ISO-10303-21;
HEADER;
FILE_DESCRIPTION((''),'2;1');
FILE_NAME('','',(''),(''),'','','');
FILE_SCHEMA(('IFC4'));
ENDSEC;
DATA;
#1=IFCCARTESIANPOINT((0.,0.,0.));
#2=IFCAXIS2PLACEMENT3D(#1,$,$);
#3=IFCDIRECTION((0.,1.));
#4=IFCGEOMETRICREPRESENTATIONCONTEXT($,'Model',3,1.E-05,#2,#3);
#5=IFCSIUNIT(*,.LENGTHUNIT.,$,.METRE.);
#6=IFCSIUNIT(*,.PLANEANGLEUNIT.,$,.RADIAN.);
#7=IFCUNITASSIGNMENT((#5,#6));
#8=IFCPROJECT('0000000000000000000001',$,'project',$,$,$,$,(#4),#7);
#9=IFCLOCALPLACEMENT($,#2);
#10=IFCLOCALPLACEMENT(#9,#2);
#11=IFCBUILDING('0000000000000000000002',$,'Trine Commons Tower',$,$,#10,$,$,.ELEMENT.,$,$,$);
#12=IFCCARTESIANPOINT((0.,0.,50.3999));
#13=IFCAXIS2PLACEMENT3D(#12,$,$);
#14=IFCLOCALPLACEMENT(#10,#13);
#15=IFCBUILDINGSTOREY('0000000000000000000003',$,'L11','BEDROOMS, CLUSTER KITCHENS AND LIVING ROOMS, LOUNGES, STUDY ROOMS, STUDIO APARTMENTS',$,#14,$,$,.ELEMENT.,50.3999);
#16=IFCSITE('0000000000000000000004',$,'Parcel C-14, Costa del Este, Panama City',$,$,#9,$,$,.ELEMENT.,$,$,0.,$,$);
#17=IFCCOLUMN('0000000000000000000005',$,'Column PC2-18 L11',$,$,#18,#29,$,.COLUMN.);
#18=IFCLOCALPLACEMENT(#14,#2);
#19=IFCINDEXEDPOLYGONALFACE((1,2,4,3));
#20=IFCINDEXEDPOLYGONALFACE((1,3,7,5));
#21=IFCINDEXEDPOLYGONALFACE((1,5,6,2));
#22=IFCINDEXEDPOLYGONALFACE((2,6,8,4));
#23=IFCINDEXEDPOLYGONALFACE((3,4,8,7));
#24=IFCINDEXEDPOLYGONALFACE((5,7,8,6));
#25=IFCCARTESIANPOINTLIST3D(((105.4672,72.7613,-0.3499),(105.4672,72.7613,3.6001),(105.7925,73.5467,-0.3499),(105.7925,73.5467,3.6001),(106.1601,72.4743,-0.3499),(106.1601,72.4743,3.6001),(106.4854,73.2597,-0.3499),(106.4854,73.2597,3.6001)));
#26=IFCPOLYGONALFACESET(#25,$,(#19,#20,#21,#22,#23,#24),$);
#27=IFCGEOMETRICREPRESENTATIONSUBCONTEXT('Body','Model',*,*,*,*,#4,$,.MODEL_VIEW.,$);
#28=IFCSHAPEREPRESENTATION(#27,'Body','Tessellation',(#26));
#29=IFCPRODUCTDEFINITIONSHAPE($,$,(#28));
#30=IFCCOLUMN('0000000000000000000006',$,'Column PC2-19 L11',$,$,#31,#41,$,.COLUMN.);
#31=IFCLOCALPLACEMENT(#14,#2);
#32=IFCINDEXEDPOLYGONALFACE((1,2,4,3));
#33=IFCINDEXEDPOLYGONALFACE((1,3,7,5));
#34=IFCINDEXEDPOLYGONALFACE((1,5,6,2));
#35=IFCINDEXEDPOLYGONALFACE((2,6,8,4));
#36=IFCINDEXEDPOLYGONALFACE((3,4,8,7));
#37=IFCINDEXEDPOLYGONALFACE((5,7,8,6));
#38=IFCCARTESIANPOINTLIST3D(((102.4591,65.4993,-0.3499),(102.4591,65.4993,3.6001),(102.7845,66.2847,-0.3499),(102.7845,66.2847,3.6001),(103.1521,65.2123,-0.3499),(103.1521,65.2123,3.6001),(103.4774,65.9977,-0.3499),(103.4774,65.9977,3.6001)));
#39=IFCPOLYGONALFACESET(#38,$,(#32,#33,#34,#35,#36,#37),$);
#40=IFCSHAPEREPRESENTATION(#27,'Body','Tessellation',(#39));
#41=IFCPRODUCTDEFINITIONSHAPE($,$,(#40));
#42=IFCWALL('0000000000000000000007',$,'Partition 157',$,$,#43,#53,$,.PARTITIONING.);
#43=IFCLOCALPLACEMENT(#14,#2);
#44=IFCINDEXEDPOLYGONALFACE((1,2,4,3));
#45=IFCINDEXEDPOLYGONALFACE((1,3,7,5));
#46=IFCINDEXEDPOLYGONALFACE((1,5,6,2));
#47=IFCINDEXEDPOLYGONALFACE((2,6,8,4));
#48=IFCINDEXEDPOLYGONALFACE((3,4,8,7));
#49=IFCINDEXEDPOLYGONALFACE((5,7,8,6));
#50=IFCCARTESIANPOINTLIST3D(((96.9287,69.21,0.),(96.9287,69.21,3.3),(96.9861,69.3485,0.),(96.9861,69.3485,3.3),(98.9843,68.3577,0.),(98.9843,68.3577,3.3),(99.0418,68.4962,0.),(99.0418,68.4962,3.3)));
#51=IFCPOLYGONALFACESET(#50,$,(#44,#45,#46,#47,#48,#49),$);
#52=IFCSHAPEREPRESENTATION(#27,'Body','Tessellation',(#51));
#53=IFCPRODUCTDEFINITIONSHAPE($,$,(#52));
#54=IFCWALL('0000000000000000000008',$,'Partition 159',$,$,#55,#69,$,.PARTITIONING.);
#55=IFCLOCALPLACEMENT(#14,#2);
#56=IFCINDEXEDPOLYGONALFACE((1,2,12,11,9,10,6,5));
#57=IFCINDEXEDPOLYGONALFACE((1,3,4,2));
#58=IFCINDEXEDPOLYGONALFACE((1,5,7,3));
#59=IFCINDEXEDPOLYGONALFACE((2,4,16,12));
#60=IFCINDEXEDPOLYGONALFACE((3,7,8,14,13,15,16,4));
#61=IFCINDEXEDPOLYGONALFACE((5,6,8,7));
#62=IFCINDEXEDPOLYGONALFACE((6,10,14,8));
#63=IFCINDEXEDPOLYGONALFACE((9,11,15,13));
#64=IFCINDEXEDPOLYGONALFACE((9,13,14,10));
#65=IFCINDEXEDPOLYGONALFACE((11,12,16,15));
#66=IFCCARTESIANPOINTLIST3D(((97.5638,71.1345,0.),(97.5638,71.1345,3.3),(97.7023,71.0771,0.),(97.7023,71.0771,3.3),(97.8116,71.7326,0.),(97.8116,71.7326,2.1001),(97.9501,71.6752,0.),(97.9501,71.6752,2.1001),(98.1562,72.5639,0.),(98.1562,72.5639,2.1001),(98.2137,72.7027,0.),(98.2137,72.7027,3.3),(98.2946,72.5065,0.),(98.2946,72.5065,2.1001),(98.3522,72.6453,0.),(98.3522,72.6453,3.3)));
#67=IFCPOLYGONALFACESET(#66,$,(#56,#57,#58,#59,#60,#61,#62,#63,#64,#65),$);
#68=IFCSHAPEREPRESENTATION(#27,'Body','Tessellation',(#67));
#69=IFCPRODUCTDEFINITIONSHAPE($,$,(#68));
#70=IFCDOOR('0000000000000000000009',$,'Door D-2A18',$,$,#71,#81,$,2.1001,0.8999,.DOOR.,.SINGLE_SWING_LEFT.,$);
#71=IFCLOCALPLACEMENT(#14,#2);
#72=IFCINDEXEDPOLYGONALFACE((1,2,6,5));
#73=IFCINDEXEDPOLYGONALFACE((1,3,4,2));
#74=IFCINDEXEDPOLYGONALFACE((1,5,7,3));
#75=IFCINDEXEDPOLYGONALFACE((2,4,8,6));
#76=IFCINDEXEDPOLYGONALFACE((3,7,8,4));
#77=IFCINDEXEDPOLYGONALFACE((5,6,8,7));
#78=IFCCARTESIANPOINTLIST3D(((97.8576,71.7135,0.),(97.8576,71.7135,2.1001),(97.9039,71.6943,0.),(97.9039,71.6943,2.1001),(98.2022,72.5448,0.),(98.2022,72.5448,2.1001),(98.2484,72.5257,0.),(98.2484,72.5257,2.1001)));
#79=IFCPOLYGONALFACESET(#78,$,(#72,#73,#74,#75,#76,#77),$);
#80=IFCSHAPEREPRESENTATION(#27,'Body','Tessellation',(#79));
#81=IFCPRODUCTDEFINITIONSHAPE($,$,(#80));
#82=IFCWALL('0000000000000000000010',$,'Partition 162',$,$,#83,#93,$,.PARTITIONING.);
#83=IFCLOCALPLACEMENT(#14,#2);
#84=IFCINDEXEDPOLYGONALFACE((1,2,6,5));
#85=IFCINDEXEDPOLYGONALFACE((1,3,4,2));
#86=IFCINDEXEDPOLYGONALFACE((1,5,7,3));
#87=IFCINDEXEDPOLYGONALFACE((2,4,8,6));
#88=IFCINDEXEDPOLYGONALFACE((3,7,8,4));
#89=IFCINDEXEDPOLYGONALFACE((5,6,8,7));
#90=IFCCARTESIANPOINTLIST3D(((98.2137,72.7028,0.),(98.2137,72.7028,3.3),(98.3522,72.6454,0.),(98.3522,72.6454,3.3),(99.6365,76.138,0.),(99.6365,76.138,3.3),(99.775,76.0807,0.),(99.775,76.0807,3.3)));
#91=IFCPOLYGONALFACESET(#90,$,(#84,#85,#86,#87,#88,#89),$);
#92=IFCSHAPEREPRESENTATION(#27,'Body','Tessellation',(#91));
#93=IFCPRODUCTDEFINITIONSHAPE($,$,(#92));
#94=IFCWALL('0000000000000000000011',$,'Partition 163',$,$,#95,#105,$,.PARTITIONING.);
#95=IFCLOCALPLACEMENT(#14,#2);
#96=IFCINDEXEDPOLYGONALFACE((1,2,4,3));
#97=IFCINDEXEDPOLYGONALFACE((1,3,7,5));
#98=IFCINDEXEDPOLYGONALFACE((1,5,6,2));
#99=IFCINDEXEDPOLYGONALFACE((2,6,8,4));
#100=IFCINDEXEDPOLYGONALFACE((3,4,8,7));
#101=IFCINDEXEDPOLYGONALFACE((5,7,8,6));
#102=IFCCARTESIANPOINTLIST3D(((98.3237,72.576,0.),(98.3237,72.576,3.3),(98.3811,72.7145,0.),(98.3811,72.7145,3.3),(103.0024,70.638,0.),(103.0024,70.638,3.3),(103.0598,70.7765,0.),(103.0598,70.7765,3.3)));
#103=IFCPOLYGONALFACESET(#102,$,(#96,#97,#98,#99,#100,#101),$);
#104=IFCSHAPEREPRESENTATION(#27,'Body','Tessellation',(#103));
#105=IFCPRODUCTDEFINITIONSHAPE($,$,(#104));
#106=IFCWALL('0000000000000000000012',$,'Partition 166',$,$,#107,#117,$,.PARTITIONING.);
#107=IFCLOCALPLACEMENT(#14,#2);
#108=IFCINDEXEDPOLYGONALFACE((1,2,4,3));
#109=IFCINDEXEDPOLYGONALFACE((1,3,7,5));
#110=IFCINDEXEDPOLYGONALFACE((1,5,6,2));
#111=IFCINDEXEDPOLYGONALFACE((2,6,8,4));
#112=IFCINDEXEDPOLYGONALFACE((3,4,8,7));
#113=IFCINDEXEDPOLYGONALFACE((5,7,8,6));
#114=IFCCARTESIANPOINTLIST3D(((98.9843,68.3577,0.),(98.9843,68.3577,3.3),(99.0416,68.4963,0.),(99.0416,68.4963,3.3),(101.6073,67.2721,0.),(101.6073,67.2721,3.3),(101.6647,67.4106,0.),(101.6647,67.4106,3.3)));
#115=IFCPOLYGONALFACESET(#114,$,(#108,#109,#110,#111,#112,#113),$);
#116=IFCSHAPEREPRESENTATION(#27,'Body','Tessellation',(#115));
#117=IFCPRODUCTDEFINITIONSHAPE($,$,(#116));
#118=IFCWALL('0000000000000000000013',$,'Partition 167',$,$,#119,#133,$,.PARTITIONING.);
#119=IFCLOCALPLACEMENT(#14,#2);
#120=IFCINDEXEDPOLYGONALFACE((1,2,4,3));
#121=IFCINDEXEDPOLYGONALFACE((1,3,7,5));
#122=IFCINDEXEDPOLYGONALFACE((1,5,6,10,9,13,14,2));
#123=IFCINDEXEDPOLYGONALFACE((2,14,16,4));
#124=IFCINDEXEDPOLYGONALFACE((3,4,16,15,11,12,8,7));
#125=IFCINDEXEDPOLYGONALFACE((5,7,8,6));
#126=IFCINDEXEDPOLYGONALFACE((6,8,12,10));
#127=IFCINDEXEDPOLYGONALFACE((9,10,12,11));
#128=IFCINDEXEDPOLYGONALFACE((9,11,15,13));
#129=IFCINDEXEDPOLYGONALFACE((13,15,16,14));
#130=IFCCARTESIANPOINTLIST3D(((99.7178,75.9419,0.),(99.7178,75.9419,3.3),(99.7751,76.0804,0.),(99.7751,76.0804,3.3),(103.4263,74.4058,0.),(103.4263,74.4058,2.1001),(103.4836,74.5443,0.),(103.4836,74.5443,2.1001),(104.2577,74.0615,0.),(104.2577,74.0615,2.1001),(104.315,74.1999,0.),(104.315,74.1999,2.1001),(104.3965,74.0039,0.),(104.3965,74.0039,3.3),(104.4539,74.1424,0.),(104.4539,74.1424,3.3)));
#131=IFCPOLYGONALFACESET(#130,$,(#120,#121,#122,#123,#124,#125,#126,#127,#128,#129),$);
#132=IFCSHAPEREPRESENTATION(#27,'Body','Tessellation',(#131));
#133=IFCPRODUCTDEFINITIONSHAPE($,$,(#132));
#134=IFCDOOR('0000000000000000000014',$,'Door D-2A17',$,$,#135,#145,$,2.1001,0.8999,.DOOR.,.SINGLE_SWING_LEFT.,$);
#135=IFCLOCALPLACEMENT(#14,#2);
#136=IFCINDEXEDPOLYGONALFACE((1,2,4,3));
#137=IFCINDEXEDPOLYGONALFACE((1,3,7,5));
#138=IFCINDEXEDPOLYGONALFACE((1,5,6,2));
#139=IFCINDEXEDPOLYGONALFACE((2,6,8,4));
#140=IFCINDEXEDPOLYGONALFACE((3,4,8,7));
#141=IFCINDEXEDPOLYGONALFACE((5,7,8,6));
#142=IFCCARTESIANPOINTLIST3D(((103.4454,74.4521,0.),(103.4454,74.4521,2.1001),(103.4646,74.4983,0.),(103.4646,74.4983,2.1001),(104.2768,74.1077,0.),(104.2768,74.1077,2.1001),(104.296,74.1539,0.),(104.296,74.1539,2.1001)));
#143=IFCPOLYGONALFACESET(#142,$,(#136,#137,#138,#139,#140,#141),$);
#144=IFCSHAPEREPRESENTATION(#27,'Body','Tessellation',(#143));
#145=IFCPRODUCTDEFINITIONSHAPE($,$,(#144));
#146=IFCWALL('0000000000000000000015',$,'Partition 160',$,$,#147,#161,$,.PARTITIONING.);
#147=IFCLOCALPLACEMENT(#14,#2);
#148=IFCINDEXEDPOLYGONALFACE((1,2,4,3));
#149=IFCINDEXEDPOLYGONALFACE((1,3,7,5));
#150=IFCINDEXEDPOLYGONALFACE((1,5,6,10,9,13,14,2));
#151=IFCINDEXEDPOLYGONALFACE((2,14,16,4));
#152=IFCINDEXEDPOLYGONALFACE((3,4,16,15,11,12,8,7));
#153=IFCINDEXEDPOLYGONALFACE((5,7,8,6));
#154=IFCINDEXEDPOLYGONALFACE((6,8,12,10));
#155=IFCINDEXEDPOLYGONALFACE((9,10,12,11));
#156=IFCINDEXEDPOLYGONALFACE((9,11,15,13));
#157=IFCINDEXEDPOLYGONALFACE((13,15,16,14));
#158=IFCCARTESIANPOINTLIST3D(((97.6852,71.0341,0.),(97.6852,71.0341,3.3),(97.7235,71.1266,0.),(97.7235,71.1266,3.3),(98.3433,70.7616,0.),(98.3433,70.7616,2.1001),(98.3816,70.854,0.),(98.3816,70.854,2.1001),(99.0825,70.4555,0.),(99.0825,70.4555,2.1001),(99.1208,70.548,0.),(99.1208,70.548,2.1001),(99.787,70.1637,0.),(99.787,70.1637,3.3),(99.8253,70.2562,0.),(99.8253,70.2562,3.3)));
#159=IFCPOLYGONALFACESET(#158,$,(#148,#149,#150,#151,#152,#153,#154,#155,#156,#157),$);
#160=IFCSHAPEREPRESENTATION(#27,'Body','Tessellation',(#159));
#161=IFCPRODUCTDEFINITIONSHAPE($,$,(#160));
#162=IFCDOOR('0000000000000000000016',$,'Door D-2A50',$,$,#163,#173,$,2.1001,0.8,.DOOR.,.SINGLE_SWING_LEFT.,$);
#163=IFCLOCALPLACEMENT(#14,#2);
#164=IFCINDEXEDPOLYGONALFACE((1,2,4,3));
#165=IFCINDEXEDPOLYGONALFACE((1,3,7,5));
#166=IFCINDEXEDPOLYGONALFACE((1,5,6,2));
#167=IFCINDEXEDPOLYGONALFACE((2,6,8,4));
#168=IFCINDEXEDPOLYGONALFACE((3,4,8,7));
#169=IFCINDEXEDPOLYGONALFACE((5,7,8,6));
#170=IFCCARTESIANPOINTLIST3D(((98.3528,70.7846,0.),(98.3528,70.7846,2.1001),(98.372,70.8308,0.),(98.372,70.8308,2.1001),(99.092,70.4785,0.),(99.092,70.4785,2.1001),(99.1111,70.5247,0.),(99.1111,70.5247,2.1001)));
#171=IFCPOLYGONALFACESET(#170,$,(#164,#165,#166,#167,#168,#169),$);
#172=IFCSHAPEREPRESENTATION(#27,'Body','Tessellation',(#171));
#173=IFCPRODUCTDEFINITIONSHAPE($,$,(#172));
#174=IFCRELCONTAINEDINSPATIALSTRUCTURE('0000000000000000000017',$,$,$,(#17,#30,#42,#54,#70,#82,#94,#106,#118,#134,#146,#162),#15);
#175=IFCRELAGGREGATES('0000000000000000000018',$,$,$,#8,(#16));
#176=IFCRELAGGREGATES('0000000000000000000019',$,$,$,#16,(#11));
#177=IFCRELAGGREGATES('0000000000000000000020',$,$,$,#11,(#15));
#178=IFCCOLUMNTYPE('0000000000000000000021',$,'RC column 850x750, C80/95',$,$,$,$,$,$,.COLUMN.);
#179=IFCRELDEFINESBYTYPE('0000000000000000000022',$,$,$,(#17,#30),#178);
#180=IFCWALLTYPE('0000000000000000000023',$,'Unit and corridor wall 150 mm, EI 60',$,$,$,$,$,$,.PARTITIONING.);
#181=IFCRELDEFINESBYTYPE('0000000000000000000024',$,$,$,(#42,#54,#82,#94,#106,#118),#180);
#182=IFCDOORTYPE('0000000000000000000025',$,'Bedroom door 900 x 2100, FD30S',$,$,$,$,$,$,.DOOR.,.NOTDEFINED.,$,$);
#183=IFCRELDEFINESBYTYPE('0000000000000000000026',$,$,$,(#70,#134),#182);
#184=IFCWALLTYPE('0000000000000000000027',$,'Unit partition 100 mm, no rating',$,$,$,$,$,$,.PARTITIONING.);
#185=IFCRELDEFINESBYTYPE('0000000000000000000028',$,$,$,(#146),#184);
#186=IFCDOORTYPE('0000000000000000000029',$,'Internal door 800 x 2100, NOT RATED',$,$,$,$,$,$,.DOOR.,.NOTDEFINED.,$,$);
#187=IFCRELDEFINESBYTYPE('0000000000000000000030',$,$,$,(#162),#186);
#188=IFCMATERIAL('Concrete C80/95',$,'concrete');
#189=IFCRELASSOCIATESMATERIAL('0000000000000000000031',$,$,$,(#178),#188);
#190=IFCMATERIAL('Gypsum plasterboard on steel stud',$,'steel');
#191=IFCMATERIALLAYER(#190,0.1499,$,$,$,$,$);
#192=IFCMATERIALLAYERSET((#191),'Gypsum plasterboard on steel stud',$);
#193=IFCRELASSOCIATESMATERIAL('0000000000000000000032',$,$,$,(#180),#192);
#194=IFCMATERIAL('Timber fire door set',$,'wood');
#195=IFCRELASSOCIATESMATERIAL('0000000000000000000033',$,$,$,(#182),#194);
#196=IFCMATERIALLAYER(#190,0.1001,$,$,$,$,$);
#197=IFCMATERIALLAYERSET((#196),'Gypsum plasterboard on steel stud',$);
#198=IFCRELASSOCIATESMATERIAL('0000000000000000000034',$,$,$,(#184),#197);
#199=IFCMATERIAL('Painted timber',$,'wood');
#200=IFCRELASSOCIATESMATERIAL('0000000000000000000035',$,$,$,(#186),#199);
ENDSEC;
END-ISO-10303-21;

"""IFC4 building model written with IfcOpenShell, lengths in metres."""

from ifc_helpers import new_model, si_unit, direction, frame, frame_2d, origin, origin_2d, place, context, subcontext, project, spatial, rectangle, extrude, material, layer, layer_set, material_profile, profile_set, type_object, element, fill, save


model = new_model("IFC4")

# Units and contexts
model_context = context("Model", 3, precision=1e-05, world=origin(), true_north=direction((0.0, 1.0)))
body_context = subcontext(model_context, "Body", "Model", "MODEL_VIEW")
ifc_project = project(units=[si_unit("LENGTHUNIT", "METRE"), si_unit("PLANEANGLEUNIT", "RADIAN")], contexts=[model_context])

# Site, building, storey
site_placement = place(None, origin())
site = spatial("IfcSite", under=ifc_project, at=site_placement, Name="Parcel C-14, Costa del Este, Panama City", CompositionType="ELEMENT", RefElevation=0.0)
building_placement = place(site_placement, origin())
building = spatial("IfcBuilding", under=site, at=building_placement, Name="Trine Commons Tower", CompositionType="ELEMENT")
storey_placement = place(building_placement, frame((0.0, 0.0, 50.3999)))
storey = spatial("IfcBuildingStorey", under=building, at=storey_placement, Name="L11", Description="BEDROOMS, CLUSTER KITCHENS AND LIVING ROOMS, LOUNGES, STUDY ROOMS, STUDIO APARTMENTS", CompositionType="ELEMENT", Elevation=50.3999)

# Columns
ifc_material_1 = material(Name="Concrete C80/95", Category="concrete")
ifc_material_profile = material_profile(ifc_material_1, rectangle(XDim=0.8501, YDim=0.75, at=origin_2d()), Name="RC 850x750")
ifc_profile_set = profile_set([ifc_material_profile], Name="Concrete C80/95")
column_type = type_object("IfcColumnType", Name="RC column 850x750, C80/95", PredefinedType="COLUMN", material=ifc_profile_set)
for number, where, z_axis, x_axis, name in (
    (1, (105.9763, 73.0105, -0.3499), (0.0, 0.0, 1.0), (0.382683, 0.92388, 0.0), "Column PC2-18 L11"),
    (2, (102.9683, 65.7485, -0.3499), (0.0, 0.0, 1.0), (0.382683, 0.92388, 0.0), "Column PC2-19 L11"),
):
    element("IfcColumn", number, at=place(storey_placement, frame(where, z_axis=z_axis, x_axis=x_axis)), inside=storey, type_object=column_type, Name=name, PredefinedType="COLUMN", context=body_context, shape_type="SweptSolid", body=[
        extrude(rectangle(XDim=0.8501, YDim=0.75, at=origin_2d()), origin(), (0.0, 0.0, 1.0), 3.95),
    ])

# Wall
ifc_material_2 = material(Name="Gypsum plasterboard on steel stud", Category="steel")
ifc_layer_1 = layer(ifc_material_2, 0.1499)
ifc_layer_set_1 = layer_set([ifc_layer_1], Name="Gypsum plasterboard on steel stud")
wall_type_1 = type_object("IfcWallType", Name="Unit and corridor wall 150 mm, EI 60", PredefinedType="PARTITIONING", material=ifc_layer_set_1)
wall_1_placement = place(storey_placement, frame((96.9573, 69.2793, 0.0), z_axis=(0.0, 0.0, 1.0), x_axis=(0.923751, -0.382994, 0.0)))
element("IfcWall", 3, at=wall_1_placement, inside=storey, type_object=wall_type_1, Name="Partition 157", PredefinedType="PARTITIONING", context=body_context, shape_type="SweptSolid", body=[
    extrude(rectangle(XDim=2.2253, YDim=0.1499, at=frame_2d((1.1128, 0.0))), origin(), (0.0, 0.0, 1.0), 3.3),
])

# Wall, opening, door
wall_2_placement = place(storey_placement, frame((97.6331, 71.106, 0.0), z_axis=(0.0, 0.0, 1.0), x_axis=(0.382868, 0.923803, 0.0)))
wall_2 = element("IfcWall", 4, at=wall_2_placement, inside=storey, type_object=wall_type_1, Name="Partition 159", PredefinedType="PARTITIONING", context=body_context, shape_type="SweptSolid", body=[
    extrude(rectangle(XDim=1.6975, YDim=0.1499, at=frame_2d((0.8486, 0.0))), origin(), (0.0, 0.0, 1.0), 3.3),
])
opening_1_placement = place(wall_2_placement, frame((0.6472, 0.0, 0.0)))
opening_1 = element("IfcOpeningElement", 5, at=opening_1_placement, cuts=wall_2, PredefinedType="OPENING", context=body_context, shape_type="SweptSolid", body=[
    extrude(rectangle(XDim=0.8999, YDim=2.1001, at=frame_2d((0.45, 1.05))), frame((0.0, 0.085, 0.0), z_axis=(0.0, -1.0, 0.0), x_axis=(1.0, 0.0, 0.0)), (0.0, 0.0, 1.0), 0.1699),
])
ifc_material_3 = material(Name="Timber fire door set", Category="wood")
door_type_1 = type_object("IfcDoorType", Name="Bedroom door 900 x 2100, FD30S", OperationType="NOTDEFINED", PredefinedType="DOOR", material=ifc_material_3)
door_1_placement = place(opening_1_placement, frame((0.8999, 0.0, 0.0), z_axis=(0.0, 0.0, 1.0), x_axis=(-1.0, 0.0, 0.0)))
door_1 = element("IfcDoor", 6, at=door_1_placement, inside=storey, type_object=door_type_1, Name="Door D-2A18", OperationType="SINGLE_SWING_LEFT", OverallHeight=2.1001, OverallWidth=0.8999, PredefinedType="DOOR", context=body_context, shape_type="SweptSolid", body=[
    extrude(rectangle(XDim=0.8999, YDim=2.1001, at=frame_2d((0.45, 1.05))), frame((0.0, 0.0249, 0.0), z_axis=(0.0, -1.0, 0.0), x_axis=(1.0, 0.0, 0.0)), (0.0, 0.0, 1.0), 0.05),
])
fill(opening_1, door_1)

# Walls
wall_3_placement = place(storey_placement, frame((98.283, 72.6741, 0.0), z_axis=(0.0, 0.0, 1.0), x_axis=(0.382661, 0.923889, 0.0)))
element("IfcWall", 7, at=wall_3_placement, inside=storey, type_object=wall_type_1, Name="Partition 162", PredefinedType="PARTITIONING", context=body_context, shape_type="SweptSolid", body=[
    extrude(rectangle(XDim=3.7183, YDim=0.1499, at=frame_2d((1.8591, 0.0))), origin(), (0.0, 0.0, 1.0), 3.3),
])
wall_4_placement = place(storey_placement, frame((98.3523, 72.6453, 0.0), z_axis=(0.0, 0.0, 1.0), x_axis=(0.923879, -0.382684, 0.0)))
element("IfcWall", 8, at=wall_4_placement, inside=storey, type_object=wall_type_1, Name="Partition 163", PredefinedType="PARTITIONING", context=body_context, shape_type="SweptSolid", body=[
    extrude(rectangle(XDim=5.0642, YDim=0.1499, at=frame_2d((2.5322, 0.0))), origin(), (0.0, 0.0, 1.0), 3.3),
])
wall_5_placement = place(storey_placement, frame((99.0129, 68.427, 0.0), z_axis=(0.0, 0.0, 1.0), x_axis=(0.92398, -0.38244, 0.0)))
element("IfcWall", 9, at=wall_5_placement, inside=storey, type_object=wall_type_1, Name="Partition 166", PredefinedType="PARTITIONING", context=body_context, shape_type="SweptSolid", body=[
    extrude(rectangle(XDim=2.8389, YDim=0.1499, at=frame_2d((1.4194, 0.0))), origin(), (0.0, 0.0, 1.0), 3.3),
])

# Walls, openings, doors
wall_6_placement = place(storey_placement, frame((99.7463, 76.0112, 0.0), z_axis=(0.0, 0.0, 1.0), x_axis=(0.923879, -0.382684, 0.0)))
wall_6 = element("IfcWall", 10, at=wall_6_placement, inside=storey, type_object=wall_type_1, Name="Partition 167", PredefinedType="PARTITIONING", context=body_context, shape_type="SweptSolid", body=[
    extrude(rectangle(XDim=5.0642, YDim=0.1499, at=frame_2d((2.5322, 0.0))), origin(), (0.0, 0.0, 1.0), 3.3),
])
opening_2_placement = place(wall_6_placement, frame((4.0142, 0.0, 0.0)))
opening_2 = element("IfcOpeningElement", 11, at=opening_2_placement, cuts=wall_6, PredefinedType="OPENING", context=body_context, shape_type="SweptSolid", body=[
    extrude(rectangle(XDim=0.8999, YDim=2.1001, at=frame_2d((0.45, 1.05))), frame((0.0, 0.085, 0.0), z_axis=(0.0, -1.0, 0.0), x_axis=(1.0, 0.0, 0.0)), (0.0, 0.0, 1.0), 0.1699),
])
door_2_placement = place(opening_2_placement, frame((0.8999, 0.0, 0.0), z_axis=(0.0, 0.0, 1.0), x_axis=(-1.0, 0.0, 0.0)))
door_2 = element("IfcDoor", 12, at=door_2_placement, inside=storey, type_object=door_type_1, Name="Door D-2A17", OperationType="SINGLE_SWING_LEFT", OverallHeight=2.1001, OverallWidth=0.8999, PredefinedType="DOOR", context=body_context, shape_type="SweptSolid", body=[
    extrude(rectangle(XDim=0.8999, YDim=2.1001, at=frame_2d((0.45, 1.05))), frame((0.0, 0.0249, 0.0), z_axis=(0.0, -1.0, 0.0), x_axis=(1.0, 0.0, 0.0)), (0.0, 0.0, 1.0), 0.05),
])
fill(opening_2, door_2)
ifc_layer_2 = layer(ifc_material_2, 0.1001)
ifc_layer_set_2 = layer_set([ifc_layer_2], Name="Gypsum plasterboard on steel stud")
wall_type_2 = type_object("IfcWallType", Name="Unit partition 100 mm, no rating", PredefinedType="PARTITIONING", material=ifc_layer_set_2)
wall_7_placement = place(storey_placement, frame((97.7043, 71.0803, 0.0), z_axis=(0.0, 0.0, 1.0), x_axis=(0.923916, -0.382595, 0.0)))
wall_7 = element("IfcWall", 13, at=wall_7_placement, inside=storey, type_object=wall_type_2, Name="Partition 160", PredefinedType="PARTITIONING", context=body_context, shape_type="SweptSolid", body=[
    extrude(rectangle(XDim=2.2749, YDim=0.1001, at=frame_2d((1.1375, 0.0))), origin(), (0.0, 0.0, 1.0), 3.3),
])
opening_3_placement = place(wall_7_placement, frame((0.7124, 0.0, 0.0)))
opening_3 = element("IfcOpeningElement", 14, at=opening_3_placement, cuts=wall_7, PredefinedType="OPENING", context=body_context, shape_type="SweptSolid", body=[
    extrude(rectangle(XDim=0.8, YDim=2.1001, at=frame_2d((0.3999, 1.05))), frame((0.0, 0.0601, 0.0), z_axis=(0.0, -1.0, 0.0), x_axis=(1.0, 0.0, 0.0)), (0.0, 0.0, 1.0), 0.1201),
])
ifc_material_4 = material(Name="Painted timber", Category="wood")
door_type_2 = type_object("IfcDoorType", Name="Internal door 800 x 2100, NOT RATED", OperationType="NOTDEFINED", PredefinedType="DOOR", material=ifc_material_4)
door_3_placement = place(opening_3_placement, origin())
door_3 = element("IfcDoor", 15, at=door_3_placement, inside=storey, type_object=door_type_2, Name="Door D-2A50", OperationType="SINGLE_SWING_LEFT", OverallHeight=2.1001, OverallWidth=0.8, PredefinedType="DOOR", context=body_context, shape_type="SweptSolid", body=[
    extrude(rectangle(XDim=0.8, YDim=2.1001, at=frame_2d((0.3999, 1.05))), frame((0.0, 0.0249, 0.0), z_axis=(0.0, -1.0, 0.0), x_axis=(1.0, 0.0, 0.0)), (0.0, 0.0, 1.0), 0.05),
])
fill(opening_3, door_3)

save(model, "model.ifc")
